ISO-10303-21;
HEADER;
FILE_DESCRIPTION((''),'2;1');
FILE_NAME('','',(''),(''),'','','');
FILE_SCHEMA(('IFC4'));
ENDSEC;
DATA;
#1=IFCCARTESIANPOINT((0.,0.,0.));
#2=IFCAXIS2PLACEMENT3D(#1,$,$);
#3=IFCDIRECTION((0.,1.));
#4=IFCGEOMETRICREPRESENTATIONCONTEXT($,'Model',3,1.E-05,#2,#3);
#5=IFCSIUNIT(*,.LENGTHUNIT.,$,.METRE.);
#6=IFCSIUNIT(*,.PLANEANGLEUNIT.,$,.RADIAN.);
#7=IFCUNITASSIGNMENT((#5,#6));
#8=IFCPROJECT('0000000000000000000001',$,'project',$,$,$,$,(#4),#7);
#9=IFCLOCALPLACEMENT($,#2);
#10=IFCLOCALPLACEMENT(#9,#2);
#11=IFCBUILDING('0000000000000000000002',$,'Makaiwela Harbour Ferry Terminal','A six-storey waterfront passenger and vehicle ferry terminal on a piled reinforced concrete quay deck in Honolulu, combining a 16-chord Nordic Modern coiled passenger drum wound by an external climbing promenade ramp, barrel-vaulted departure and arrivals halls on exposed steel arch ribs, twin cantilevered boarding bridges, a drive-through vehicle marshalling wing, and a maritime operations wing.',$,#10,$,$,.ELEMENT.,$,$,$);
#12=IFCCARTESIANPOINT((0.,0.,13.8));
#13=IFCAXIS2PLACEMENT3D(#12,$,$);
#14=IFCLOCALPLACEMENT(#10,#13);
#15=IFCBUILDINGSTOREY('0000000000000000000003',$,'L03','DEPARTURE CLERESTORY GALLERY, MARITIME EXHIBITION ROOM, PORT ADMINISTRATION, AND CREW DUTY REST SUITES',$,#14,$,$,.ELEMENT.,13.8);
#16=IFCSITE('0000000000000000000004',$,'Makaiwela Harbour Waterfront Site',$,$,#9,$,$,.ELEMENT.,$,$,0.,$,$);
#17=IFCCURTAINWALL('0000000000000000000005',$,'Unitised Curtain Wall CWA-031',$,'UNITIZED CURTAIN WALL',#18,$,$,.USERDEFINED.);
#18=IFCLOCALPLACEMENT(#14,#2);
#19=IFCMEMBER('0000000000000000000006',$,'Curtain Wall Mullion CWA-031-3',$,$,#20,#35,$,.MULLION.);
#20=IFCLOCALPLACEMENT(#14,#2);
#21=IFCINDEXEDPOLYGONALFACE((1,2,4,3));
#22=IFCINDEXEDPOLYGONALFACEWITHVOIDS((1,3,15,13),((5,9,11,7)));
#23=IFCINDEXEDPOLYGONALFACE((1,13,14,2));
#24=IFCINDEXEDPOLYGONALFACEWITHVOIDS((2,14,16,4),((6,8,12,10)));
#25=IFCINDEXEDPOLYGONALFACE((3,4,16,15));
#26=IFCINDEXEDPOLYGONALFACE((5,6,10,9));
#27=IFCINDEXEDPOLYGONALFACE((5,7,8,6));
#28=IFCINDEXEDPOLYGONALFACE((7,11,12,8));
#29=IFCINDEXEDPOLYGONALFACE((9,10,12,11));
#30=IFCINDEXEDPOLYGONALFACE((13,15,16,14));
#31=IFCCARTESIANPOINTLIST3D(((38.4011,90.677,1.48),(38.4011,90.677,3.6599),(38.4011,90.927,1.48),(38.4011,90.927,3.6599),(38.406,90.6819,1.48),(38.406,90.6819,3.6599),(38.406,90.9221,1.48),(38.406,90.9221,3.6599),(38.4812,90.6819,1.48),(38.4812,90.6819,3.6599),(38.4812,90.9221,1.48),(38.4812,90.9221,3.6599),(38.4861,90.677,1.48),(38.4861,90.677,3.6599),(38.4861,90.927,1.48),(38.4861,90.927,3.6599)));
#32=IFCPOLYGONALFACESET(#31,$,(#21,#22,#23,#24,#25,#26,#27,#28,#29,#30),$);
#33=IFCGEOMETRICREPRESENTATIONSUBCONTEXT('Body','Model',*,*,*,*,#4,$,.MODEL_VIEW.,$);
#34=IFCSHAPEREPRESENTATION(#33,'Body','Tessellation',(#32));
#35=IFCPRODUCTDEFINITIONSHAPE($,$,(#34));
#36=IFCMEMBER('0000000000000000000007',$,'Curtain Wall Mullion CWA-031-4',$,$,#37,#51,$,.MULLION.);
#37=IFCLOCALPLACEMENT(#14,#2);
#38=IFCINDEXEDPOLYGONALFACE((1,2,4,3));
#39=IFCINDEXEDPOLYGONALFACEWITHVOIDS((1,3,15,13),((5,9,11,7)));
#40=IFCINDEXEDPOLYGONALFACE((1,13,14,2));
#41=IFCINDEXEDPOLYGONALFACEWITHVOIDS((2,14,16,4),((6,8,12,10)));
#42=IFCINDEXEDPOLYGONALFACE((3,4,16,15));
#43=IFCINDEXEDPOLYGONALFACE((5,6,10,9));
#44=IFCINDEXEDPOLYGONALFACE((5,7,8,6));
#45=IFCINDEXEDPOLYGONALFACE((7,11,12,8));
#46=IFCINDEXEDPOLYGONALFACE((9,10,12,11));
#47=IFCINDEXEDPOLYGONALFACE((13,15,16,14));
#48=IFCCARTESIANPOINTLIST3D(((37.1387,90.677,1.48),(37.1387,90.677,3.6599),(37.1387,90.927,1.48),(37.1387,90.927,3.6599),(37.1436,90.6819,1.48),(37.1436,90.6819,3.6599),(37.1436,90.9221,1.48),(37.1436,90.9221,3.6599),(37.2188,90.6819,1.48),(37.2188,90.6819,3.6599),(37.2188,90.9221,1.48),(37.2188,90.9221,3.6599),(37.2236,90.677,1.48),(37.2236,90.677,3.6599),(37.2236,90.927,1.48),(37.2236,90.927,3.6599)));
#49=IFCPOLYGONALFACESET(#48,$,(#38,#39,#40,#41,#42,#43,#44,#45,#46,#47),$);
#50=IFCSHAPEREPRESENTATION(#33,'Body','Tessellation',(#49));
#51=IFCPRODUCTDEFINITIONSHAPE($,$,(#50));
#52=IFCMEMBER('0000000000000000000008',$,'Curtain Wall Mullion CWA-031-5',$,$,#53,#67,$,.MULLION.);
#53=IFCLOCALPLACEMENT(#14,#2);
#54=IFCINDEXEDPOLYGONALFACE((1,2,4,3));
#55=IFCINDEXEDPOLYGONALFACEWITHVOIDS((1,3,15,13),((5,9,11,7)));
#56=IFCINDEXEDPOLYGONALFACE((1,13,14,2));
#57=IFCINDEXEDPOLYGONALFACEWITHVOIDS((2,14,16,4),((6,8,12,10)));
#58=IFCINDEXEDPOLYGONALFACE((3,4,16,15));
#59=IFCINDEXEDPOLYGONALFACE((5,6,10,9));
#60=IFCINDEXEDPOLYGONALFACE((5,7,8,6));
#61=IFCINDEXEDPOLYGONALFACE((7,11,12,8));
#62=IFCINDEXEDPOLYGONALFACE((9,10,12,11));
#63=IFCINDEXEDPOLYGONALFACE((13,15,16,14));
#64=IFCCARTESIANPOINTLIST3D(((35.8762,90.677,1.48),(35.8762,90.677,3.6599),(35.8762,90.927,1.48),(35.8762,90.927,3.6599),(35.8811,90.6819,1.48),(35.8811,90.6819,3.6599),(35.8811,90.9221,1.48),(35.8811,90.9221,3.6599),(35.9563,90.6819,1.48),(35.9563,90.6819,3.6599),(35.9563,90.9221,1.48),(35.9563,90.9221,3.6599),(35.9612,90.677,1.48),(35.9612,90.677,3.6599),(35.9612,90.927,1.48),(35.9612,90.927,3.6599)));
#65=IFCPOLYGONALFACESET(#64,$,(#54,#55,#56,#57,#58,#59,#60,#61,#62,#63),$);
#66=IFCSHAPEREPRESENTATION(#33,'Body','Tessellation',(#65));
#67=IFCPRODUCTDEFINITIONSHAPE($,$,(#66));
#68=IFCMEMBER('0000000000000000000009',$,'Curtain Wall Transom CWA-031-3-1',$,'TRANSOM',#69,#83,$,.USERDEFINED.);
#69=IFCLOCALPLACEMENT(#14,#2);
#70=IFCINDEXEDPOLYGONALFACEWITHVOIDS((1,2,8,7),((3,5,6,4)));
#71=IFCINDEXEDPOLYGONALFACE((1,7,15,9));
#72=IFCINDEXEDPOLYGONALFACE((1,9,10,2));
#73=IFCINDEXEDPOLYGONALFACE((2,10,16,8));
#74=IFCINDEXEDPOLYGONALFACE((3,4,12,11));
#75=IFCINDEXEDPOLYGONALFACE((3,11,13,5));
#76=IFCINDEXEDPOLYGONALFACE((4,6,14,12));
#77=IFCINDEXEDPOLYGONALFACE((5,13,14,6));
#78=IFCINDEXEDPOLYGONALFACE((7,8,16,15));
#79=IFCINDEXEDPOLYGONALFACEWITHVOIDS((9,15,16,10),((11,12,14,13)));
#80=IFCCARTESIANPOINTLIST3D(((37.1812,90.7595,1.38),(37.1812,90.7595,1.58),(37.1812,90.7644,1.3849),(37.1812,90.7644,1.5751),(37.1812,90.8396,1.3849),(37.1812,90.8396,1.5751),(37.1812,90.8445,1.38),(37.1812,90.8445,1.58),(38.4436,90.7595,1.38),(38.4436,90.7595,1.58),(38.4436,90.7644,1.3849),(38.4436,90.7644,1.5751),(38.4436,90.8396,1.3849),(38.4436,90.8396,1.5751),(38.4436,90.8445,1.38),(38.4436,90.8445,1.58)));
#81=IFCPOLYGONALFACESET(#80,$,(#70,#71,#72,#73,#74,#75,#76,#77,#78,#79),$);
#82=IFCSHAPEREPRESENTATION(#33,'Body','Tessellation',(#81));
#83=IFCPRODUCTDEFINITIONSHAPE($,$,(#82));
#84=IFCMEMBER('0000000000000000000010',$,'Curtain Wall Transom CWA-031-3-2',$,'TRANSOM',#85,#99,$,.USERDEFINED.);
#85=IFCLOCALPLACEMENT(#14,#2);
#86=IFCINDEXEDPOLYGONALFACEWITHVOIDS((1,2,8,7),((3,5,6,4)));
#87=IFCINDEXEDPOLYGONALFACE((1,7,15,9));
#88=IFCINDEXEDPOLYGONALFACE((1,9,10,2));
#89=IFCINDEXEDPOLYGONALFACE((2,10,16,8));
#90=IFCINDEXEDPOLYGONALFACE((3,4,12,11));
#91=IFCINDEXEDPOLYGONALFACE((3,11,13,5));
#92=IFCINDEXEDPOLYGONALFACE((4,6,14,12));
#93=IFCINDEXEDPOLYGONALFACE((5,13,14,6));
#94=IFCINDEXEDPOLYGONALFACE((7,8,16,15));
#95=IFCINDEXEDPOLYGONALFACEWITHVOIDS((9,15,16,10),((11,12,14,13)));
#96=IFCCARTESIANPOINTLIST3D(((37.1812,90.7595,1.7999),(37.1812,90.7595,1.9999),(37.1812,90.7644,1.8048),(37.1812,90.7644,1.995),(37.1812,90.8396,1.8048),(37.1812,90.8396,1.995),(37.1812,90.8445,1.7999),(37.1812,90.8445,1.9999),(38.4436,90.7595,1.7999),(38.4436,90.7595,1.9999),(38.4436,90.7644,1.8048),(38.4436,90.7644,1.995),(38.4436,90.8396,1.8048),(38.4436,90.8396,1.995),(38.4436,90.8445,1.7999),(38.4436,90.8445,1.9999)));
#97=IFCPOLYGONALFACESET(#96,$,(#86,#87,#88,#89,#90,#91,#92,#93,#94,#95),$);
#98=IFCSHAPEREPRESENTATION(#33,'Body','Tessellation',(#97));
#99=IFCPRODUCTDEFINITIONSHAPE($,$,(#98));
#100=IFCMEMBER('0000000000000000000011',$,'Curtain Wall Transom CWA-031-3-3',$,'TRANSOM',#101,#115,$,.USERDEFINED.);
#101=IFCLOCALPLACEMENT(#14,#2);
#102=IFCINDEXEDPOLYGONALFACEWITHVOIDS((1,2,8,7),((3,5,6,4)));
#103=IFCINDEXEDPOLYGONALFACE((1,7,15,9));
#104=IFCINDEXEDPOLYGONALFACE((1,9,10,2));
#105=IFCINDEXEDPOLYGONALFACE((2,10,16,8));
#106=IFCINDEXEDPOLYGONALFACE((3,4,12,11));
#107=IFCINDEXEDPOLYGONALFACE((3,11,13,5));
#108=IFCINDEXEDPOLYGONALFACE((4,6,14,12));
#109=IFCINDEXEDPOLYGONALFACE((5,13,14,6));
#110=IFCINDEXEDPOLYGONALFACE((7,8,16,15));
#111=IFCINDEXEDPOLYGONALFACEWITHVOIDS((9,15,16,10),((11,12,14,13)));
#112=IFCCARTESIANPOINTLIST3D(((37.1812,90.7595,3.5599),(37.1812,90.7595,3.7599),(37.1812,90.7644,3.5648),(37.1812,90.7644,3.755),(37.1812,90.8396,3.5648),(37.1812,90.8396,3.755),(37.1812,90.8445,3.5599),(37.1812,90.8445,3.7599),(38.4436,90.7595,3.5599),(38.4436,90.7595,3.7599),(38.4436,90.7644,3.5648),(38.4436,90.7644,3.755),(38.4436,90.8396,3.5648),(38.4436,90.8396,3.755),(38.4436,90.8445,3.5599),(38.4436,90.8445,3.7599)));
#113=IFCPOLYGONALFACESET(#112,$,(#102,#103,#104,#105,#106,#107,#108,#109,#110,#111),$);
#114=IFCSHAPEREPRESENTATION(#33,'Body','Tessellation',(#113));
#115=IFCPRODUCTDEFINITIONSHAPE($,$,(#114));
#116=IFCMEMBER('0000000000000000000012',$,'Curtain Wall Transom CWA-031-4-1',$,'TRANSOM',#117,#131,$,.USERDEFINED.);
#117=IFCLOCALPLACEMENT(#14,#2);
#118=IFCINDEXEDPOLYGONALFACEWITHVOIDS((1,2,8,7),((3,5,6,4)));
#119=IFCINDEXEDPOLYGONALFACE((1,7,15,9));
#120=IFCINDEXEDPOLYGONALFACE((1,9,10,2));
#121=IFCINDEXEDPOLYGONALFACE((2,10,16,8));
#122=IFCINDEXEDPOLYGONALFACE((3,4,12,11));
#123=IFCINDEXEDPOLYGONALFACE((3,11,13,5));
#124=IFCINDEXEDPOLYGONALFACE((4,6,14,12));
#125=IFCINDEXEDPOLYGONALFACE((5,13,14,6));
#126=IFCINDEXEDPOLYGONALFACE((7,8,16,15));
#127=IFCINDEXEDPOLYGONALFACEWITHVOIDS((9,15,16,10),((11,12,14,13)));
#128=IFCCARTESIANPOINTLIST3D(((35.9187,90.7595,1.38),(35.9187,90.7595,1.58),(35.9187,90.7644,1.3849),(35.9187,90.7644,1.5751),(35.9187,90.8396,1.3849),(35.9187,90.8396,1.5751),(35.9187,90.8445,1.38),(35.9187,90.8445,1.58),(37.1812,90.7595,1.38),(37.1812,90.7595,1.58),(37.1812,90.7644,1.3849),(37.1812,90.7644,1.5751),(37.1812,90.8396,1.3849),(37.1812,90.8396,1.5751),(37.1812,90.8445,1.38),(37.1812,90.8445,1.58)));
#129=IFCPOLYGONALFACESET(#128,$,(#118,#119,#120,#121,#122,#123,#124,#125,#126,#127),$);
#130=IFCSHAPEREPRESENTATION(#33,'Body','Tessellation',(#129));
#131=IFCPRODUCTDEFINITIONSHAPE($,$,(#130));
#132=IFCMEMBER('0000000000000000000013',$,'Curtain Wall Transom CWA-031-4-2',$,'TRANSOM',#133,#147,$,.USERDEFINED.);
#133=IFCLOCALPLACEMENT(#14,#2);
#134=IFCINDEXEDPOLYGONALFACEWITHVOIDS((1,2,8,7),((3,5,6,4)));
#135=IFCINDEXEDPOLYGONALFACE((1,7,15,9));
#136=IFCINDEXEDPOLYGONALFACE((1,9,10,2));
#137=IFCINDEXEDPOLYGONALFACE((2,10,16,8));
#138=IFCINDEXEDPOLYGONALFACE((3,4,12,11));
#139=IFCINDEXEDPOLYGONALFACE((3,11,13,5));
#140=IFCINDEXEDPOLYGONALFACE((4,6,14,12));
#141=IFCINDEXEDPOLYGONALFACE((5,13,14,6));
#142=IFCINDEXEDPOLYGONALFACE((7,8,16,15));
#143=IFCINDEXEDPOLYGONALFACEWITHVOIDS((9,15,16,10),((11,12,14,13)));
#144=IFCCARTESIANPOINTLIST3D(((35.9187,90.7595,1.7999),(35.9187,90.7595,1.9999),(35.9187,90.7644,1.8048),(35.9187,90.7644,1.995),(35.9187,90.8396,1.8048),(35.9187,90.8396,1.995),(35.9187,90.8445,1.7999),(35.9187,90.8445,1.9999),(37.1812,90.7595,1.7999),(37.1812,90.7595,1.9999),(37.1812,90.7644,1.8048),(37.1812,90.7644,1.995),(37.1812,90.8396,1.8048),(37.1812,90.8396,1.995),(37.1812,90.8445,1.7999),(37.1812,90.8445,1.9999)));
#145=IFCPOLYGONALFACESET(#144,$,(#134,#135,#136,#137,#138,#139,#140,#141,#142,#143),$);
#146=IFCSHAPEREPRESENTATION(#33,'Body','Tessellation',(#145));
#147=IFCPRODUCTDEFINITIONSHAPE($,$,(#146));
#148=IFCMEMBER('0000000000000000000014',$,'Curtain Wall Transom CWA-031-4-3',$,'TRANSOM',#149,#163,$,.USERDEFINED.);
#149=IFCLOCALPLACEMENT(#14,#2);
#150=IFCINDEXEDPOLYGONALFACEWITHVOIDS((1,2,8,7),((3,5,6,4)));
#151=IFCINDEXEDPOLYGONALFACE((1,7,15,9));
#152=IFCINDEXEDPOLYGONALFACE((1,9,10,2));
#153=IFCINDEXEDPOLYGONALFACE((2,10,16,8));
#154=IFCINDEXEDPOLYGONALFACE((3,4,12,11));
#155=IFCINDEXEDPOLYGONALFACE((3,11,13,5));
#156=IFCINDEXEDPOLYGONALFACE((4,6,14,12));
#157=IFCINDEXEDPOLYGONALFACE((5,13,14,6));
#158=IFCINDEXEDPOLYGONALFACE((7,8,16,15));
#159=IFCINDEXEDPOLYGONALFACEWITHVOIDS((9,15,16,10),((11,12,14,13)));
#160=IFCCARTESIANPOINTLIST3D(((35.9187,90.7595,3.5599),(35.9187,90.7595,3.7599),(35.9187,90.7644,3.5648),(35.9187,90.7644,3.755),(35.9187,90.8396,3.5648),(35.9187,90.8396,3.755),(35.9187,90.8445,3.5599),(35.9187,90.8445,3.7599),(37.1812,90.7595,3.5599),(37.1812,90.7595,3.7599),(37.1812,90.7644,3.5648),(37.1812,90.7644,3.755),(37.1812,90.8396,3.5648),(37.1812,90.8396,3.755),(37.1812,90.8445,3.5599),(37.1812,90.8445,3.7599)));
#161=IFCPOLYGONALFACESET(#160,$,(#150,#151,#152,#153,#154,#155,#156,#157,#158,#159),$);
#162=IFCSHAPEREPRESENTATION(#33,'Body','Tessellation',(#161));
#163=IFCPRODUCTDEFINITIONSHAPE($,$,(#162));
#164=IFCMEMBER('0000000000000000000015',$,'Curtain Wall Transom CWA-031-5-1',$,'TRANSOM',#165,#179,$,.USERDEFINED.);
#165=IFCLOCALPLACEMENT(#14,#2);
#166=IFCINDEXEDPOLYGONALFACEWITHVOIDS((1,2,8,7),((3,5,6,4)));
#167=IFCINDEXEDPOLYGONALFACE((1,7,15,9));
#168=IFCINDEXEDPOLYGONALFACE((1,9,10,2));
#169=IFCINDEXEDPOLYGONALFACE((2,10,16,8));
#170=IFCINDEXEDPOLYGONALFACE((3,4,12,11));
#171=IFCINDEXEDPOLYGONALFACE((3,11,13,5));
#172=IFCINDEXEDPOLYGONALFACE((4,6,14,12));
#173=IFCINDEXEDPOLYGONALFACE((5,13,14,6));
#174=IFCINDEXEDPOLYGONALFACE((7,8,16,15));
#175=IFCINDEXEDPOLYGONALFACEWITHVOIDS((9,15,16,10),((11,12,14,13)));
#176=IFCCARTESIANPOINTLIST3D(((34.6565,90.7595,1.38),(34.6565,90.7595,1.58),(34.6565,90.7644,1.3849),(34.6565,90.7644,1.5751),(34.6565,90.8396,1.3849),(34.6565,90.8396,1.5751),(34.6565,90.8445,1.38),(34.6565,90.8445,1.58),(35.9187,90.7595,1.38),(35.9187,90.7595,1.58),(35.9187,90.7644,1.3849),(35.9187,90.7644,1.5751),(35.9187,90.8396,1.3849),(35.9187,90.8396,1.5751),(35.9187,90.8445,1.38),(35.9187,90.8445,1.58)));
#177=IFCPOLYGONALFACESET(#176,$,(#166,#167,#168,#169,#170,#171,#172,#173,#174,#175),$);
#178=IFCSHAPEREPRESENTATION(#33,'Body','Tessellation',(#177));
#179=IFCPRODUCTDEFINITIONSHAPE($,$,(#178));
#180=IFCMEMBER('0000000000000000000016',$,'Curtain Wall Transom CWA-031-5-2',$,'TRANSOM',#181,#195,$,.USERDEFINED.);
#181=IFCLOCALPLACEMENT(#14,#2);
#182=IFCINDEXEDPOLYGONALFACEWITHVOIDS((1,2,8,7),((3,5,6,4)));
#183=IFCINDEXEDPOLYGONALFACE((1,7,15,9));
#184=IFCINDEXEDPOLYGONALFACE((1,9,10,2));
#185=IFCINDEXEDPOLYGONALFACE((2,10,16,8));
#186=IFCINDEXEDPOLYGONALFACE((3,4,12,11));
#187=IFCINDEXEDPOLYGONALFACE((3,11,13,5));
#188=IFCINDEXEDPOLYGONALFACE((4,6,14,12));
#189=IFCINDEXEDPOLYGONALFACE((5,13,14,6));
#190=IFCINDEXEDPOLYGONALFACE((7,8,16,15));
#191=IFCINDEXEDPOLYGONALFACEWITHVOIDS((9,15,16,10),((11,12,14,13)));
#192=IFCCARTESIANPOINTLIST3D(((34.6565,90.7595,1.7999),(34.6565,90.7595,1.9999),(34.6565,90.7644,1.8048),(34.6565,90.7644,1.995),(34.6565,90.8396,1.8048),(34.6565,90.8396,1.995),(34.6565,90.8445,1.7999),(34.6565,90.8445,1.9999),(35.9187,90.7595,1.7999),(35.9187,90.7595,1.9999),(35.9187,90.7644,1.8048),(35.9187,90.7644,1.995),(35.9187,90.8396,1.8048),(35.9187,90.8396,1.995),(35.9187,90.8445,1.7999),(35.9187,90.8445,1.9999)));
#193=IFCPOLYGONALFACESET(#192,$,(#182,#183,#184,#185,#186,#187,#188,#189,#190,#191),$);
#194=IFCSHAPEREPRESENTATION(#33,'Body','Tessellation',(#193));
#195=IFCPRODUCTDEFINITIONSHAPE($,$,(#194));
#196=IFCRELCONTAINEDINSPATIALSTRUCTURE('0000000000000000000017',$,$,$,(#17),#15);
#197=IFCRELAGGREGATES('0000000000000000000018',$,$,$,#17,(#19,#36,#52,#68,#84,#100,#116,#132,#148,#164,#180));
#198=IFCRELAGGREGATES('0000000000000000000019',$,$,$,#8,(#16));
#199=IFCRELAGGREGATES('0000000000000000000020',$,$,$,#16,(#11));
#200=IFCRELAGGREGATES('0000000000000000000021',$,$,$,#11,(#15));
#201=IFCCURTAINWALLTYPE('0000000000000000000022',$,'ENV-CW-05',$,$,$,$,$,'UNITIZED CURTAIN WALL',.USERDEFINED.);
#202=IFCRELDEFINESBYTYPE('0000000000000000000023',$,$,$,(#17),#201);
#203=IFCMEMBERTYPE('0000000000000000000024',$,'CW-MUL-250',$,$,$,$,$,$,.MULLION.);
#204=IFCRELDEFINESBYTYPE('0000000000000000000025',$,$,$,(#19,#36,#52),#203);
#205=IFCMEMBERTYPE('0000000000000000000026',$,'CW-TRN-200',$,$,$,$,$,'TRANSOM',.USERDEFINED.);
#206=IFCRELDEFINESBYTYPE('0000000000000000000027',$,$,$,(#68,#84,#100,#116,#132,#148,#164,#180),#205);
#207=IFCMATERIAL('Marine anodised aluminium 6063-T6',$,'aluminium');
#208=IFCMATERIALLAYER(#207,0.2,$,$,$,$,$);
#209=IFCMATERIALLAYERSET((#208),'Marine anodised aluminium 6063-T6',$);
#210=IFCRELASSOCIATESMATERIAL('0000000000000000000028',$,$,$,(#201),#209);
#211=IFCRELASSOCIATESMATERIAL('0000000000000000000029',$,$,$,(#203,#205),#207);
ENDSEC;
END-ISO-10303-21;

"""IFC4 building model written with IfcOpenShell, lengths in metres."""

from ifc_helpers import new_model, si_unit, direction, frame, origin, origin_2d, place, context, subcontext, project, spatial, hollow_rectangle, extrude, material, layer, layer_set, material_profile, profile_set, type_object, element, aggregate, save


model = new_model("IFC4")

# Units and contexts
model_context = context("Model", 3, precision=1e-05, world=origin(), true_north=direction((0.0, 1.0)))
body_context = subcontext(model_context, "Body", "Model", "MODEL_VIEW")
ifc_project = project(units=[si_unit("LENGTHUNIT", "METRE"), si_unit("PLANEANGLEUNIT", "RADIAN")], contexts=[model_context])

# Site, building, storey
site_placement = place(None, origin())
site = spatial("IfcSite", under=ifc_project, at=site_placement, Name="Makaiwela Harbour Waterfront Site", CompositionType="ELEMENT", RefElevation=0.0)
building_placement = place(site_placement, origin())
building = spatial("IfcBuilding", under=site, at=building_placement, Name="Makaiwela Harbour Ferry Terminal", Description="A six-storey waterfront passenger and vehicle ferry terminal on a piled reinforced concrete quay deck in Honolulu, combining a 16-chord Nordic Modern coiled passenger drum wound by an external climbing promenade ramp, barrel-vaulted departure and arrivals halls on exposed steel arch ribs, twin cantilevered boarding bridges, a drive-through vehicle marshalling wing, and a maritime operations wing.", CompositionType="ELEMENT")
storey_placement = place(building_placement, frame((0.0, 0.0, 13.8)))
storey = spatial("IfcBuildingStorey", under=building, at=storey_placement, Name="L03", Description="DEPARTURE CLERESTORY GALLERY, MARITIME EXHIBITION ROOM, PORT ADMINISTRATION, AND CREW DUTY REST SUITES", CompositionType="ELEMENT", Elevation=13.8)

# Curtain wall, members
ifc_material_1 = material(Name="Marine anodised aluminium 6063-T6", Category="aluminium")
ifc_layer_1 = layer(ifc_material_1, 0.2)
ifc_layer_set_1 = layer_set([ifc_layer_1], Name="Marine anodised aluminium 6063-T6")
curtain_wall_type = type_object("IfcCurtainWallType", Name="ENV-CW-05", ElementType="UNITIZED CURTAIN WALL", PredefinedType="USERDEFINED", material=ifc_layer_set_1)
curtain_wall_placement = place(storey_placement, origin())
curtain_wall = element("IfcCurtainWall", 1, at=curtain_wall_placement, inside=storey, type_object=curtain_wall_type, Name="Unitised Curtain Wall CWA-031", ObjectType="UNITIZED CURTAIN WALL", PredefinedType="USERDEFINED")
ifc_material_profile_1 = material_profile(ifc_material_1, hollow_rectangle(XDim=0.085, YDim=0.25, WallThickness=0.0049, at=origin_2d()), Name="CWM-250X85")
ifc_profile_set_1 = profile_set([ifc_material_profile_1], Name="Marine anodised aluminium 6063-T6")
member_type_1 = type_object("IfcMemberType", Name="CW-MUL-250", PredefinedType="MULLION", material=ifc_profile_set_1)
member_1_placement = place(storey_placement, frame((38.4436, 90.802, 1.48), z_axis=(0.0, 0.0, 1.0), x_axis=(1.0, 0.0, 0.0)))
member_1 = element("IfcMember", 2, at=member_1_placement, type_object=member_type_1, Name="Curtain Wall Mullion CWA-031-3", PredefinedType="MULLION", context=body_context, shape_type="SweptSolid", body=[
    extrude(hollow_rectangle(XDim=0.085, YDim=0.25, WallThickness=0.0049, at=origin_2d()), origin(), (0.0, 0.0, 1.0), 2.1799),
])
member_2_placement = place(storey_placement, frame((37.1812, 90.802, 1.48), z_axis=(0.0, 0.0, 1.0), x_axis=(1.0, 0.0, 0.0)))
member_2 = element("IfcMember", 3, at=member_2_placement, type_object=member_type_1, Name="Curtain Wall Mullion CWA-031-4", PredefinedType="MULLION", context=body_context, shape_type="SweptSolid", body=[
    extrude(hollow_rectangle(XDim=0.085, YDim=0.25, WallThickness=0.0049, at=origin_2d()), origin(), (0.0, 0.0, 1.0), 2.1799),
])
member_3_placement = place(storey_placement, frame((35.9187, 90.802, 1.48), z_axis=(0.0, 0.0, 1.0), x_axis=(1.0, 0.0, 0.0)))
member_3 = element("IfcMember", 4, at=member_3_placement, type_object=member_type_1, Name="Curtain Wall Mullion CWA-031-5", PredefinedType="MULLION", context=body_context, shape_type="SweptSolid", body=[
    extrude(hollow_rectangle(XDim=0.085, YDim=0.25, WallThickness=0.0049, at=origin_2d()), origin(), (0.0, 0.0, 1.0), 2.1799),
])
ifc_material_profile_2 = material_profile(ifc_material_1, hollow_rectangle(XDim=0.085, YDim=0.2, WallThickness=0.0049, at=origin_2d()), Name="CWT-200X85")
ifc_profile_set_2 = profile_set([ifc_material_profile_2], Name="Marine anodised aluminium 6063-T6")
member_type_2 = type_object("IfcMemberType", Name="CW-TRN-200", ElementType="TRANSOM", PredefinedType="USERDEFINED", material=ifc_profile_set_2)
member_4_placement = place(storey_placement, frame((38.4436, 90.802, 1.48), z_axis=(-1.0, 0.0, 0.0), x_axis=(0.0, -1.0, 0.0)))
member_4 = element("IfcMember", 5, at=member_4_placement, type_object=member_type_2, Name="Curtain Wall Transom CWA-031-3-1", ObjectType="TRANSOM", PredefinedType="USERDEFINED", context=body_context, shape_type="SweptSolid", body=[
    extrude(hollow_rectangle(XDim=0.085, YDim=0.2, WallThickness=0.0049, at=origin_2d()), origin(), (0.0, 0.0, 1.0), 1.2625),
])
member_5_placement = place(storey_placement, frame((38.4436, 90.802, 1.8999), z_axis=(-1.0, 0.0, 0.0), x_axis=(0.0, -1.0, 0.0)))
member_5 = element("IfcMember", 6, at=member_5_placement, type_object=member_type_2, Name="Curtain Wall Transom CWA-031-3-2", ObjectType="TRANSOM", PredefinedType="USERDEFINED", context=body_context, shape_type="SweptSolid", body=[
    extrude(hollow_rectangle(XDim=0.085, YDim=0.2, WallThickness=0.0049, at=origin_2d()), origin(), (0.0, 0.0, 1.0), 1.2625),
])
member_6_placement = place(storey_placement, frame((38.4436, 90.802, 3.6599), z_axis=(-1.0, 0.0, 0.0), x_axis=(0.0, -1.0, 0.0)))
member_6 = element("IfcMember", 7, at=member_6_placement, type_object=member_type_2, Name="Curtain Wall Transom CWA-031-3-3", ObjectType="TRANSOM", PredefinedType="USERDEFINED", context=body_context, shape_type="SweptSolid", body=[
    extrude(hollow_rectangle(XDim=0.085, YDim=0.2, WallThickness=0.0049, at=origin_2d()), origin(), (0.0, 0.0, 1.0), 1.2625),
])
member_7_placement = place(storey_placement, frame((37.1812, 90.802, 1.48), z_axis=(-1.0, 0.0, 0.0), x_axis=(0.0, -1.0, 0.0)))
member_7 = element("IfcMember", 8, at=member_7_placement, type_object=member_type_2, Name="Curtain Wall Transom CWA-031-4-1", ObjectType="TRANSOM", PredefinedType="USERDEFINED", context=body_context, shape_type="SweptSolid", body=[
    extrude(hollow_rectangle(XDim=0.085, YDim=0.2, WallThickness=0.0049, at=origin_2d()), origin(), (0.0, 0.0, 1.0), 1.2625),
])
member_8_placement = place(storey_placement, frame((37.1812, 90.802, 1.8999), z_axis=(-1.0, 0.0, 0.0), x_axis=(0.0, -1.0, 0.0)))
member_8 = element("IfcMember", 9, at=member_8_placement, type_object=member_type_2, Name="Curtain Wall Transom CWA-031-4-2", ObjectType="TRANSOM", PredefinedType="USERDEFINED", context=body_context, shape_type="SweptSolid", body=[
    extrude(hollow_rectangle(XDim=0.085, YDim=0.2, WallThickness=0.0049, at=origin_2d()), origin(), (0.0, 0.0, 1.0), 1.2625),
])
member_9_placement = place(storey_placement, frame((37.1812, 90.802, 3.6599), z_axis=(-1.0, 0.0, 0.0), x_axis=(0.0, -1.0, 0.0)))
member_9 = element("IfcMember", 10, at=member_9_placement, type_object=member_type_2, Name="Curtain Wall Transom CWA-031-4-3", ObjectType="TRANSOM", PredefinedType="USERDEFINED", context=body_context, shape_type="SweptSolid", body=[
    extrude(hollow_rectangle(XDim=0.085, YDim=0.2, WallThickness=0.0049, at=origin_2d()), origin(), (0.0, 0.0, 1.0), 1.2625),
])
member_10_placement = place(storey_placement, frame((35.9187, 90.802, 1.48), z_axis=(-1.0, 0.0, 0.0), x_axis=(0.0, -1.0, 0.0)))
member_10 = element("IfcMember", 11, at=member_10_placement, type_object=member_type_2, Name="Curtain Wall Transom CWA-031-5-1", ObjectType="TRANSOM", PredefinedType="USERDEFINED", context=body_context, shape_type="SweptSolid", body=[
    extrude(hollow_rectangle(XDim=0.085, YDim=0.2, WallThickness=0.0049, at=origin_2d()), origin(), (0.0, 0.0, 1.0), 1.2622),
])
member_11_placement = place(storey_placement, frame((35.9187, 90.802, 1.8999), z_axis=(-1.0, 0.0, 0.0), x_axis=(0.0, -1.0, 0.0)))
member_11 = element("IfcMember", 12, at=member_11_placement, type_object=member_type_2, Name="Curtain Wall Transom CWA-031-5-2", ObjectType="TRANSOM", PredefinedType="USERDEFINED", context=body_context, shape_type="SweptSolid", body=[
    extrude(hollow_rectangle(XDim=0.085, YDim=0.2, WallThickness=0.0049, at=origin_2d()), origin(), (0.0, 0.0, 1.0), 1.2622),
])
aggregate(curtain_wall, [member_1, member_2, member_3, member_4, member_5, member_6, member_7, member_8, member_9, member_10, member_11])

save(model, "model.ifc")
